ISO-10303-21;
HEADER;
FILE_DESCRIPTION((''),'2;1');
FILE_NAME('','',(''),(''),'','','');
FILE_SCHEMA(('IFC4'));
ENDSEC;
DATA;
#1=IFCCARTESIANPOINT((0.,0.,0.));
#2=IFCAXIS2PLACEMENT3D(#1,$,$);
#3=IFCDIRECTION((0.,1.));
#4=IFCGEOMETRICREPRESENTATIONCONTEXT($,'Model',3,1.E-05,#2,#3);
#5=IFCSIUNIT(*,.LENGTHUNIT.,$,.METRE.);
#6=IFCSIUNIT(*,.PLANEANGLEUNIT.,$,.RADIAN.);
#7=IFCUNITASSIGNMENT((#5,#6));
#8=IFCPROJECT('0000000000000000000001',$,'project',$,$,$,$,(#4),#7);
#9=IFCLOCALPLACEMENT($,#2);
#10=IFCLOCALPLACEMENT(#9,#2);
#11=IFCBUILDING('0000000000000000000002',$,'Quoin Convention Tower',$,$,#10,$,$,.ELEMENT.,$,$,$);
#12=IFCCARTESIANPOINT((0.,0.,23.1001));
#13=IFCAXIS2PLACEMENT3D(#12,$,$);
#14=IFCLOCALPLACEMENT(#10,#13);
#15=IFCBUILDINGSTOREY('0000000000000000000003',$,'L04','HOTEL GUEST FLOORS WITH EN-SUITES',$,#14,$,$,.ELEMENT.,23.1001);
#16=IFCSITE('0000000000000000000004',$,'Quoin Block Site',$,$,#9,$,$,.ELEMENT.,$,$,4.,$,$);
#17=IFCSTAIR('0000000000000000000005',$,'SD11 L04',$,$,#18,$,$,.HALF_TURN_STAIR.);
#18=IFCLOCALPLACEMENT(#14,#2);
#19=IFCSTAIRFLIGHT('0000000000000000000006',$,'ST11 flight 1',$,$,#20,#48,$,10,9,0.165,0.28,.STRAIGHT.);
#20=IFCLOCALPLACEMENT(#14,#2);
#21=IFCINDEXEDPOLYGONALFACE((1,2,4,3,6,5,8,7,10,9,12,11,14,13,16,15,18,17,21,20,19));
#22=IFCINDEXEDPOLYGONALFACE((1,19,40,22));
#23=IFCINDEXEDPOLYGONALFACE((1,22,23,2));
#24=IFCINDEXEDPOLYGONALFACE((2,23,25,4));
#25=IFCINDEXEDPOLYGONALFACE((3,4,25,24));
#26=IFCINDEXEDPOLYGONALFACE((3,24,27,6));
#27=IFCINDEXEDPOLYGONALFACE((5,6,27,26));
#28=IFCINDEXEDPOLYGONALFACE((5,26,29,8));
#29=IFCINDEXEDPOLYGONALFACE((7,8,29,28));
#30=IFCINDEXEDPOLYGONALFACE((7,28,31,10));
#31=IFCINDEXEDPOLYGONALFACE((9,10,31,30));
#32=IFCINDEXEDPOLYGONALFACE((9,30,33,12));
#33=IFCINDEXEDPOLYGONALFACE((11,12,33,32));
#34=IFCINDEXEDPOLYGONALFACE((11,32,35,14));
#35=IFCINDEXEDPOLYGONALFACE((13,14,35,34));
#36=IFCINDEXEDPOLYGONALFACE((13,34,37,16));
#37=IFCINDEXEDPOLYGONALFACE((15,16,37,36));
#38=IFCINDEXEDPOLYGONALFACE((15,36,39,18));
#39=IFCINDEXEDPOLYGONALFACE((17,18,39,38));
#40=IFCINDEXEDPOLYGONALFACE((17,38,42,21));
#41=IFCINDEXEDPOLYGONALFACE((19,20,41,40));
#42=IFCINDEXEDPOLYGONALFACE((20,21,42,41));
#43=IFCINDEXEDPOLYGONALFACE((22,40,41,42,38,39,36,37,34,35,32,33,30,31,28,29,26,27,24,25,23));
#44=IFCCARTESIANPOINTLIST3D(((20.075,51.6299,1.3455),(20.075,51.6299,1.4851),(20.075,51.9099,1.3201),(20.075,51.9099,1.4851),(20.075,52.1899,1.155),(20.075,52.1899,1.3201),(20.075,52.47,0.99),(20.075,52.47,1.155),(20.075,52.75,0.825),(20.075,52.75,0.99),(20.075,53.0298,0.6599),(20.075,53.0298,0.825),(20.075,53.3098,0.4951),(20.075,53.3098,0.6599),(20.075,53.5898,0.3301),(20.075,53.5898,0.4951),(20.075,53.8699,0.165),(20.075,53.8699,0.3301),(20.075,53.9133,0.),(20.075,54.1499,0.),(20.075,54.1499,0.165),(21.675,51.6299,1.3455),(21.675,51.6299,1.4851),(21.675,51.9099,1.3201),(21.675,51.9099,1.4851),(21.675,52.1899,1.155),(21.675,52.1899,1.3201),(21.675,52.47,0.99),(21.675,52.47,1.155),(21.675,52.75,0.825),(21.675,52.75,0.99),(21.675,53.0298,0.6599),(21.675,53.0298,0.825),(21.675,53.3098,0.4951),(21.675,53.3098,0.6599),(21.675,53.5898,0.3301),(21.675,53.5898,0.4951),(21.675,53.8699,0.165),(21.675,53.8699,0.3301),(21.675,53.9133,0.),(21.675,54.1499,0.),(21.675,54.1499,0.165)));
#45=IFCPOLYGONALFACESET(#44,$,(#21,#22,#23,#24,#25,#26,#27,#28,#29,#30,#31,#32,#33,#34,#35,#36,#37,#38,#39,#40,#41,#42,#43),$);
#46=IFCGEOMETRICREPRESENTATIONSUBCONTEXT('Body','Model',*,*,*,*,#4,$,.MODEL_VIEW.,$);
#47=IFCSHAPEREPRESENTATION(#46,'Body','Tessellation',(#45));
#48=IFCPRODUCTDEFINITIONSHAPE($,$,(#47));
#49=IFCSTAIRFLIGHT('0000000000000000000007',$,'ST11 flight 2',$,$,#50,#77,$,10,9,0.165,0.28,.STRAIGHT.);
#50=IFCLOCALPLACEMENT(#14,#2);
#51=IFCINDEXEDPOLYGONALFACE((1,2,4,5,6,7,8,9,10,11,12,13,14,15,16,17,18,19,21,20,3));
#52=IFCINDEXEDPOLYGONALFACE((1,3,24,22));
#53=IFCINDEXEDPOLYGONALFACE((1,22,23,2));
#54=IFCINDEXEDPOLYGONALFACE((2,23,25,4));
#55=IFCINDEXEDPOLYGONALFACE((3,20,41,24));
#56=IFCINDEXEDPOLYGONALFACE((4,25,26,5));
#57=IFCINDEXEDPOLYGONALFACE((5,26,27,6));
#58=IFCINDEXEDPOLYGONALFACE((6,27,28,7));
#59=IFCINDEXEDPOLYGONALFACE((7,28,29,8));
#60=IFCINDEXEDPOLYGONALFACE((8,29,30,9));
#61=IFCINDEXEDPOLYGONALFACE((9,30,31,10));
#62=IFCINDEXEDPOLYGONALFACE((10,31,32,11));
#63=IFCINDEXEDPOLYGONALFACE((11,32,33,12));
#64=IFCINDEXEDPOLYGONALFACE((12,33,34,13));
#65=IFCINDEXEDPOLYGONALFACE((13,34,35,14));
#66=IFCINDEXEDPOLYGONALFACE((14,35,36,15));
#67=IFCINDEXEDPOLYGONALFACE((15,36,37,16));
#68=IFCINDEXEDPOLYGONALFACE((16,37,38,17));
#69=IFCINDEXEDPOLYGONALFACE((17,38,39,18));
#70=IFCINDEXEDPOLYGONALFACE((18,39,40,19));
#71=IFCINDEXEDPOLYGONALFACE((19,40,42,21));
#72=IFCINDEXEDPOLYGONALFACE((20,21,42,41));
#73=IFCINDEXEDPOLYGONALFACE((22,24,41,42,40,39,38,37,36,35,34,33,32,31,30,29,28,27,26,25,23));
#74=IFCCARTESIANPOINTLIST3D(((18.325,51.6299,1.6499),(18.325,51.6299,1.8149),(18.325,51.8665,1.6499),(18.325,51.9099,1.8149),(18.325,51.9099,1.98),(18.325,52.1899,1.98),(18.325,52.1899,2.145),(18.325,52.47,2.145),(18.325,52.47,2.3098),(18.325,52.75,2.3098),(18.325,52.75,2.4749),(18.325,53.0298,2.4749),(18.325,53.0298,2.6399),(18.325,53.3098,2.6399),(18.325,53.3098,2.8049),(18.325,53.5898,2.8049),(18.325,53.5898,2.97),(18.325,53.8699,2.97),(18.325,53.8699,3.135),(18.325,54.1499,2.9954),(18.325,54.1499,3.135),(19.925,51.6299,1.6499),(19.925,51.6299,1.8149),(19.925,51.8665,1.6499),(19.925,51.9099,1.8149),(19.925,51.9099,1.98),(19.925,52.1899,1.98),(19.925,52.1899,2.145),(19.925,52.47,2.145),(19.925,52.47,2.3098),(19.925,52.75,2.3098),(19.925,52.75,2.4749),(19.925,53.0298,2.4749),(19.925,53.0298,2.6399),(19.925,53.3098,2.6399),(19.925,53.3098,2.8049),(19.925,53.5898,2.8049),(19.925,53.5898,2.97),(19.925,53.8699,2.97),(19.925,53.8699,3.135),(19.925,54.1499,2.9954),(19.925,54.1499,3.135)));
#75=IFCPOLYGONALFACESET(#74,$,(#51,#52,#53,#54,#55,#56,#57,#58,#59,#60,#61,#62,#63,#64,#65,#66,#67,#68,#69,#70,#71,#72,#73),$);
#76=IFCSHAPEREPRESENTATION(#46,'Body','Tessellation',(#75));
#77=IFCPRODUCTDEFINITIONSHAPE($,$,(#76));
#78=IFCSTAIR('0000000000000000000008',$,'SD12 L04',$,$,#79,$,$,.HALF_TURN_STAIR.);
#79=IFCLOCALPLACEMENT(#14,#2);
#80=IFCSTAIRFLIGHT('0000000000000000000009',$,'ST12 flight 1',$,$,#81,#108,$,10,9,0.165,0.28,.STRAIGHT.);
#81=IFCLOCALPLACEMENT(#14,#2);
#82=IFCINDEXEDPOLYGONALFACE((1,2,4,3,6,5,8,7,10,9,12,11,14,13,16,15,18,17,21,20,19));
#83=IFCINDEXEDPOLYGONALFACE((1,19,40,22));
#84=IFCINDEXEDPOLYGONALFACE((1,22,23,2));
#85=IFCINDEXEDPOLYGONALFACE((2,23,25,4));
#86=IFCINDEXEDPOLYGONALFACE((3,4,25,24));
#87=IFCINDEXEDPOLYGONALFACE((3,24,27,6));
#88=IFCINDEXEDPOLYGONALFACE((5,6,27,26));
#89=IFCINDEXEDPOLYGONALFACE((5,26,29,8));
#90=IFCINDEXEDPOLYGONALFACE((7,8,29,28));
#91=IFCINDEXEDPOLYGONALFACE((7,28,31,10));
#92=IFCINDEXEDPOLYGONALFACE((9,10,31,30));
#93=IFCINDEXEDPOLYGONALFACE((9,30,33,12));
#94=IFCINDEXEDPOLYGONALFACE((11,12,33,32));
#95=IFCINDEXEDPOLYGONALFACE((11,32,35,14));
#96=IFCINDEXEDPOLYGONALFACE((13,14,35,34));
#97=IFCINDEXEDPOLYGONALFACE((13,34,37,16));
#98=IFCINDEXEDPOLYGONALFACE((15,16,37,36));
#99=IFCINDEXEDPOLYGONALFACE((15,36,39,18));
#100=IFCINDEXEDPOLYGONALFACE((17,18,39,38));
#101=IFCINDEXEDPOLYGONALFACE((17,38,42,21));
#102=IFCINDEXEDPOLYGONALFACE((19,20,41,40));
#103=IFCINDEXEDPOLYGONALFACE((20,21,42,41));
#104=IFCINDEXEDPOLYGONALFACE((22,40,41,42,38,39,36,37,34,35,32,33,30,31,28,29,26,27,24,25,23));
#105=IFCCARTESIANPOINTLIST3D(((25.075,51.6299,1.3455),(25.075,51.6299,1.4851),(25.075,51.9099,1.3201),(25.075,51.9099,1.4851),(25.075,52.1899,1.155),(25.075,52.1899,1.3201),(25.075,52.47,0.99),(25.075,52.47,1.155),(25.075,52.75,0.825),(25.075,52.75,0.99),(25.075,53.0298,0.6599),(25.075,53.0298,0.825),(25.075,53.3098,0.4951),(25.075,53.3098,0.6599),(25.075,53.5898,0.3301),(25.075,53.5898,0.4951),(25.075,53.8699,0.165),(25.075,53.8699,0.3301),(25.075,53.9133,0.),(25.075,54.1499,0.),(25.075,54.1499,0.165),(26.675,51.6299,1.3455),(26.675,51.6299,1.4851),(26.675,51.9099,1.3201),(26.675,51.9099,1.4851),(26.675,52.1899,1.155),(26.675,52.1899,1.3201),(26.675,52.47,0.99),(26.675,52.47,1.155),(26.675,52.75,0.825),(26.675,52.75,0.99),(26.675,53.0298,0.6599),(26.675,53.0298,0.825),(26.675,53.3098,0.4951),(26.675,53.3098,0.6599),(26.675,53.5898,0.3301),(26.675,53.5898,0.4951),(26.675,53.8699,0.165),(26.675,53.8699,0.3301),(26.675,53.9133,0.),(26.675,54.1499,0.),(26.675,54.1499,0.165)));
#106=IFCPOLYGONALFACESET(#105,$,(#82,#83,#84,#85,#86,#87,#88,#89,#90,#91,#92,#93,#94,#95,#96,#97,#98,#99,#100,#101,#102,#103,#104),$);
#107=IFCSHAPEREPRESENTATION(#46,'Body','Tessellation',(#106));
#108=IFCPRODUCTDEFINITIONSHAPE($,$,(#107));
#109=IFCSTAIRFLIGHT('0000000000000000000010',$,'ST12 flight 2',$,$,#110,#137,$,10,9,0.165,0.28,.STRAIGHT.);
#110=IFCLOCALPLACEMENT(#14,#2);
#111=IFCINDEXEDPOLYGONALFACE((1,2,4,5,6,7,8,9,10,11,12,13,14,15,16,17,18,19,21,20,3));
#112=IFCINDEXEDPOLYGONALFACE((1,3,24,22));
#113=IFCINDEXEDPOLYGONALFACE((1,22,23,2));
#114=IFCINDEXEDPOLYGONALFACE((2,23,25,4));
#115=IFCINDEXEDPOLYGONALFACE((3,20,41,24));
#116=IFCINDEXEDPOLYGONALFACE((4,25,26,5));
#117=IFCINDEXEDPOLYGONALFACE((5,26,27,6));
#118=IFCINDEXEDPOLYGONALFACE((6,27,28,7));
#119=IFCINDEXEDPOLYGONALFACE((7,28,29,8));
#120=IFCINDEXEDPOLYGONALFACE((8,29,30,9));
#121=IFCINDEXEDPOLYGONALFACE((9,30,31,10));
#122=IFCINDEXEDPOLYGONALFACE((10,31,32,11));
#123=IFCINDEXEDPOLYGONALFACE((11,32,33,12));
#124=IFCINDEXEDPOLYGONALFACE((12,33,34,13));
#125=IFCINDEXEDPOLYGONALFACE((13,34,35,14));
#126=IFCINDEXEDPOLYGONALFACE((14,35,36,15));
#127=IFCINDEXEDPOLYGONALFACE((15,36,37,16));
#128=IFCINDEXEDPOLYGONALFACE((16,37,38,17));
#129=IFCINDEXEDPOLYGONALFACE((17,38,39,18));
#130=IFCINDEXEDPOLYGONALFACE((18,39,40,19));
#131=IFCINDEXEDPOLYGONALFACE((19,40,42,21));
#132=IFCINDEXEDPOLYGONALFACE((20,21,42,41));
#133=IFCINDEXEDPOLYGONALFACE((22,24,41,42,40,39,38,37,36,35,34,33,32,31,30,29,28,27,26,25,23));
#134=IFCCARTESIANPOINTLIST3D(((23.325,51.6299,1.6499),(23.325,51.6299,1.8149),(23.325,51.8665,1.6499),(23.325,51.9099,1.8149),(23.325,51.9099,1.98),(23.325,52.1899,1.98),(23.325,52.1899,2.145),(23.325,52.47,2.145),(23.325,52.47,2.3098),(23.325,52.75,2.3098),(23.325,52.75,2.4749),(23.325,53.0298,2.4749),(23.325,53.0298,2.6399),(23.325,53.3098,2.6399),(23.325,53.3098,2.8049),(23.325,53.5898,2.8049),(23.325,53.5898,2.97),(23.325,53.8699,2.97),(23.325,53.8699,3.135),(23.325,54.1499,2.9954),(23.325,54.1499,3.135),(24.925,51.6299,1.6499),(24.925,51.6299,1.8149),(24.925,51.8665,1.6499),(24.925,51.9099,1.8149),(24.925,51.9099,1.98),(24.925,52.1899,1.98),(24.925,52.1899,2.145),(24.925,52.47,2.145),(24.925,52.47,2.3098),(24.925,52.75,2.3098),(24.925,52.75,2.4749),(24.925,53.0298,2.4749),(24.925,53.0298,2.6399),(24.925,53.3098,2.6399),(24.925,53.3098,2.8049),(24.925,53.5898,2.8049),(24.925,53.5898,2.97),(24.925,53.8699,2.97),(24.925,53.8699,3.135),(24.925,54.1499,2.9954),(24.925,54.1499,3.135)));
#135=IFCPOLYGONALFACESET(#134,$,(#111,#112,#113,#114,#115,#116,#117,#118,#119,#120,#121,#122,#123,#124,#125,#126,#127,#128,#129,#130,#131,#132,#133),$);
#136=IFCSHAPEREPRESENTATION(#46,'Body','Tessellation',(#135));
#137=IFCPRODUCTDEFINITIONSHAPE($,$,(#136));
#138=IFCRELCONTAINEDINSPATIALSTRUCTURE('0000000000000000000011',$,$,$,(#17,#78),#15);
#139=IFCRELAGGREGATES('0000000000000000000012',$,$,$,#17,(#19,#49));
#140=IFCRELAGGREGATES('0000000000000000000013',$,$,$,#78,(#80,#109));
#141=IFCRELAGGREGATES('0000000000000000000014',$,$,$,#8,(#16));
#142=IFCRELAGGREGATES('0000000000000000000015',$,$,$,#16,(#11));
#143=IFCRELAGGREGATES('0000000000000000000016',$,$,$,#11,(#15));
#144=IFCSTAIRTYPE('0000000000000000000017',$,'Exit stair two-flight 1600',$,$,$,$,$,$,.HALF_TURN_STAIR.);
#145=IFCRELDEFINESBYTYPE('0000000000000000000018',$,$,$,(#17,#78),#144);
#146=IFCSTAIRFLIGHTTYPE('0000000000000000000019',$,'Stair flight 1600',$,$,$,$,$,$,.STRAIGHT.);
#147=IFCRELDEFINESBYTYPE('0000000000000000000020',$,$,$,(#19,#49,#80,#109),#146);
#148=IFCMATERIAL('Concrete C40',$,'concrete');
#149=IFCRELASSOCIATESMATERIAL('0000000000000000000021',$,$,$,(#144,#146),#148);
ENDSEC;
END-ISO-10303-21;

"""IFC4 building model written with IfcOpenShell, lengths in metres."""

from ifc_helpers import new_model, si_unit, direction, frame, origin, place, context, subcontext, project, spatial, polyline, outline, extrude, material, type_object, element, aggregate, save


model = new_model("IFC4")

# Units and contexts
model_context = context("Model", 3, precision=1e-05, world=origin(), true_north=direction((0.0, 1.0)))
body_context = subcontext(model_context, "Body", "Model", "MODEL_VIEW")
ifc_project = project(units=[si_unit("LENGTHUNIT", "METRE"), si_unit("PLANEANGLEUNIT", "RADIAN")], contexts=[model_context])

# Site, building, storey
site_placement = place(None, origin())
site = spatial("IfcSite", under=ifc_project, at=site_placement, Name="Quoin Block Site", CompositionType="ELEMENT", RefElevation=4.0)
building_placement = place(site_placement, origin())
building = spatial("IfcBuilding", under=site, at=building_placement, Name="Quoin Convention Tower", CompositionType="ELEMENT")
storey_placement = place(building_placement, frame((0.0, 0.0, 23.1001)))
storey = spatial("IfcBuildingStorey", under=building, at=storey_placement, Name="L04", Description="HOTEL GUEST FLOORS WITH EN-SUITES", CompositionType="ELEMENT", Elevation=23.1001)

# Stairs, stair flights
ifc_material_1 = material(Name="Concrete C40", Category="concrete")
stair_type_1 = type_object("IfcStairType", Name="Exit stair two-flight 1600", PredefinedType="HALF_TURN_STAIR", material=ifc_material_1)
stair_1_placement = place(storey_placement, origin())
stair_1 = element("IfcStair", 1, at=stair_1_placement, inside=storey, type_object=stair_type_1, Name="SD11 L04", PredefinedType="HALF_TURN_STAIR")
stair_flight_type_1 = type_object("IfcStairFlightType", Name="Stair flight 1600", PredefinedType="STRAIGHT", material=ifc_material_1)
stair_flight_1_placement = place(storey_placement, frame((20.875, 54.1499, 0.0), z_axis=(0.0, 0.0, 1.0), x_axis=(0.0, -1.0, 0.0)))
stair_flight_1 = element("IfcStairFlight", 2, at=stair_flight_1_placement, type_object=stair_flight_type_1, Name="ST11 flight 1", NumberOfRisers=10, NumberOfTreads=9, PredefinedType="STRAIGHT", RiserHeight=0.165, TreadLength=0.28, context=body_context, shape_type="SweptSolid", body=[
    extrude(outline(polyline([(0.0, 0.0), (0.0, 0.165), (0.28, 0.165), (0.28, 0.3301), (0.5601, 0.3301), (0.5601, 0.4951), (0.8401, 0.4951), (0.8401, 0.6599), (1.1201, 0.6599), (1.1201, 0.825), (1.3999, 0.825), (1.3999, 0.99), (1.6799, 0.99), (1.6799, 1.155), (1.96, 1.155), (1.96, 1.3201), (2.24, 1.3201), (2.24, 1.4851), (2.52, 1.4851), (2.52, 1.6499), (2.52, 1.3455), (0.2366, 0.0), (0.0, 0.0)])), frame((0.0, 0.8, 0.0), z_axis=(0.0, -1.0, 0.0), x_axis=(1.0, 0.0, 0.0)), (0.0, 0.0, 1.0), 1.6001),
])
stair_flight_2_placement = place(storey_placement, frame((19.125, 51.6299, 1.6499), z_axis=(0.0, 0.0, 1.0), x_axis=(0.0, 1.0, 0.0)))
stair_flight_2 = element("IfcStairFlight", 3, at=stair_flight_2_placement, type_object=stair_flight_type_1, Name="ST11 flight 2", NumberOfRisers=10, NumberOfTreads=9, PredefinedType="STRAIGHT", RiserHeight=0.165, TreadLength=0.28, context=body_context, shape_type="SweptSolid", body=[
    extrude(outline(polyline([(0.0, 0.0), (0.0, 0.165), (0.28, 0.165), (0.28, 0.3301), (0.5601, 0.3301), (0.5601, 0.4951), (0.8401, 0.4951), (0.8401, 0.6599), (1.1201, 0.6599), (1.1201, 0.825), (1.3999, 0.825), (1.3999, 0.99), (1.6799, 0.99), (1.6799, 1.155), (1.96, 1.155), (1.96, 1.3201), (2.24, 1.3201), (2.24, 1.4851), (2.52, 1.4851), (2.52, 1.6499), (2.52, 1.3455), (0.2366, 0.0), (0.0, 0.0)])), frame((0.0, 0.8, 0.0), z_axis=(0.0, -1.0, 0.0), x_axis=(1.0, 0.0, 0.0)), (0.0, 0.0, 1.0), 1.6001),
])
aggregate(stair_1, [stair_flight_1, stair_flight_2])
stair_2_placement = place(storey_placement, origin())
stair_2 = element("IfcStair", 4, at=stair_2_placement, inside=storey, type_object=stair_type_1, Name="SD12 L04", PredefinedType="HALF_TURN_STAIR")
stair_flight_3_placement = place(storey_placement, frame((25.875, 54.1499, 0.0), z_axis=(0.0, 0.0, 1.0), x_axis=(0.0, -1.0, 0.0)))
stair_flight_3 = element("IfcStairFlight", 5, at=stair_flight_3_placement, type_object=stair_flight_type_1, Name="ST12 flight 1", NumberOfRisers=10, NumberOfTreads=9, PredefinedType="STRAIGHT", RiserHeight=0.165, TreadLength=0.28, context=body_context, shape_type="SweptSolid", body=[
    extrude(outline(polyline([(0.0, 0.0), (0.0, 0.165), (0.28, 0.165), (0.28, 0.3301), (0.5601, 0.3301), (0.5601, 0.4951), (0.8401, 0.4951), (0.8401, 0.6599), (1.1201, 0.6599), (1.1201, 0.825), (1.3999, 0.825), (1.3999, 0.99), (1.6799, 0.99), (1.6799, 1.155), (1.96, 1.155), (1.96, 1.3201), (2.24, 1.3201), (2.24, 1.4851), (2.52, 1.4851), (2.52, 1.6499), (2.52, 1.3455), (0.2366, 0.0), (0.0, 0.0)])), frame((0.0, 0.8, 0.0), z_axis=(0.0, -1.0, 0.0), x_axis=(1.0, 0.0, 0.0)), (0.0, 0.0, 1.0), 1.6001),
])
stair_flight_4_placement = place(storey_placement, frame((24.125, 51.6299, 1.6499), z_axis=(0.0, 0.0, 1.0), x_axis=(0.0, 1.0, 0.0)))
stair_flight_4 = element("IfcStairFlight", 6, at=stair_flight_4_placement, type_object=stair_flight_type_1, Name="ST12 flight 2", NumberOfRisers=10, NumberOfTreads=9, PredefinedType="STRAIGHT", RiserHeight=0.165, TreadLength=0.28, context=body_context, shape_type="SweptSolid", body=[
    extrude(outline(polyline([(0.0, 0.0), (0.0, 0.165), (0.28, 0.165), (0.28, 0.3301), (0.5601, 0.3301), (0.5601, 0.4951), (0.8401, 0.4951), (0.8401, 0.6599), (1.1201, 0.6599), (1.1201, 0.825), (1.3999, 0.825), (1.3999, 0.99), (1.6799, 0.99), (1.6799, 1.155), (1.96, 1.155), (1.96, 1.3201), (2.24, 1.3201), (2.24, 1.4851), (2.52, 1.4851), (2.52, 1.6499), (2.52, 1.3455), (0.2366, 0.0), (0.0, 0.0)])), frame((0.0, 0.8, 0.0), z_axis=(0.0, -1.0, 0.0), x_axis=(1.0, 0.0, 0.0)), (0.0, 0.0, 1.0), 1.6001),
])
aggregate(stair_2, [stair_flight_3, stair_flight_4])

save(model, "model.ifc")
